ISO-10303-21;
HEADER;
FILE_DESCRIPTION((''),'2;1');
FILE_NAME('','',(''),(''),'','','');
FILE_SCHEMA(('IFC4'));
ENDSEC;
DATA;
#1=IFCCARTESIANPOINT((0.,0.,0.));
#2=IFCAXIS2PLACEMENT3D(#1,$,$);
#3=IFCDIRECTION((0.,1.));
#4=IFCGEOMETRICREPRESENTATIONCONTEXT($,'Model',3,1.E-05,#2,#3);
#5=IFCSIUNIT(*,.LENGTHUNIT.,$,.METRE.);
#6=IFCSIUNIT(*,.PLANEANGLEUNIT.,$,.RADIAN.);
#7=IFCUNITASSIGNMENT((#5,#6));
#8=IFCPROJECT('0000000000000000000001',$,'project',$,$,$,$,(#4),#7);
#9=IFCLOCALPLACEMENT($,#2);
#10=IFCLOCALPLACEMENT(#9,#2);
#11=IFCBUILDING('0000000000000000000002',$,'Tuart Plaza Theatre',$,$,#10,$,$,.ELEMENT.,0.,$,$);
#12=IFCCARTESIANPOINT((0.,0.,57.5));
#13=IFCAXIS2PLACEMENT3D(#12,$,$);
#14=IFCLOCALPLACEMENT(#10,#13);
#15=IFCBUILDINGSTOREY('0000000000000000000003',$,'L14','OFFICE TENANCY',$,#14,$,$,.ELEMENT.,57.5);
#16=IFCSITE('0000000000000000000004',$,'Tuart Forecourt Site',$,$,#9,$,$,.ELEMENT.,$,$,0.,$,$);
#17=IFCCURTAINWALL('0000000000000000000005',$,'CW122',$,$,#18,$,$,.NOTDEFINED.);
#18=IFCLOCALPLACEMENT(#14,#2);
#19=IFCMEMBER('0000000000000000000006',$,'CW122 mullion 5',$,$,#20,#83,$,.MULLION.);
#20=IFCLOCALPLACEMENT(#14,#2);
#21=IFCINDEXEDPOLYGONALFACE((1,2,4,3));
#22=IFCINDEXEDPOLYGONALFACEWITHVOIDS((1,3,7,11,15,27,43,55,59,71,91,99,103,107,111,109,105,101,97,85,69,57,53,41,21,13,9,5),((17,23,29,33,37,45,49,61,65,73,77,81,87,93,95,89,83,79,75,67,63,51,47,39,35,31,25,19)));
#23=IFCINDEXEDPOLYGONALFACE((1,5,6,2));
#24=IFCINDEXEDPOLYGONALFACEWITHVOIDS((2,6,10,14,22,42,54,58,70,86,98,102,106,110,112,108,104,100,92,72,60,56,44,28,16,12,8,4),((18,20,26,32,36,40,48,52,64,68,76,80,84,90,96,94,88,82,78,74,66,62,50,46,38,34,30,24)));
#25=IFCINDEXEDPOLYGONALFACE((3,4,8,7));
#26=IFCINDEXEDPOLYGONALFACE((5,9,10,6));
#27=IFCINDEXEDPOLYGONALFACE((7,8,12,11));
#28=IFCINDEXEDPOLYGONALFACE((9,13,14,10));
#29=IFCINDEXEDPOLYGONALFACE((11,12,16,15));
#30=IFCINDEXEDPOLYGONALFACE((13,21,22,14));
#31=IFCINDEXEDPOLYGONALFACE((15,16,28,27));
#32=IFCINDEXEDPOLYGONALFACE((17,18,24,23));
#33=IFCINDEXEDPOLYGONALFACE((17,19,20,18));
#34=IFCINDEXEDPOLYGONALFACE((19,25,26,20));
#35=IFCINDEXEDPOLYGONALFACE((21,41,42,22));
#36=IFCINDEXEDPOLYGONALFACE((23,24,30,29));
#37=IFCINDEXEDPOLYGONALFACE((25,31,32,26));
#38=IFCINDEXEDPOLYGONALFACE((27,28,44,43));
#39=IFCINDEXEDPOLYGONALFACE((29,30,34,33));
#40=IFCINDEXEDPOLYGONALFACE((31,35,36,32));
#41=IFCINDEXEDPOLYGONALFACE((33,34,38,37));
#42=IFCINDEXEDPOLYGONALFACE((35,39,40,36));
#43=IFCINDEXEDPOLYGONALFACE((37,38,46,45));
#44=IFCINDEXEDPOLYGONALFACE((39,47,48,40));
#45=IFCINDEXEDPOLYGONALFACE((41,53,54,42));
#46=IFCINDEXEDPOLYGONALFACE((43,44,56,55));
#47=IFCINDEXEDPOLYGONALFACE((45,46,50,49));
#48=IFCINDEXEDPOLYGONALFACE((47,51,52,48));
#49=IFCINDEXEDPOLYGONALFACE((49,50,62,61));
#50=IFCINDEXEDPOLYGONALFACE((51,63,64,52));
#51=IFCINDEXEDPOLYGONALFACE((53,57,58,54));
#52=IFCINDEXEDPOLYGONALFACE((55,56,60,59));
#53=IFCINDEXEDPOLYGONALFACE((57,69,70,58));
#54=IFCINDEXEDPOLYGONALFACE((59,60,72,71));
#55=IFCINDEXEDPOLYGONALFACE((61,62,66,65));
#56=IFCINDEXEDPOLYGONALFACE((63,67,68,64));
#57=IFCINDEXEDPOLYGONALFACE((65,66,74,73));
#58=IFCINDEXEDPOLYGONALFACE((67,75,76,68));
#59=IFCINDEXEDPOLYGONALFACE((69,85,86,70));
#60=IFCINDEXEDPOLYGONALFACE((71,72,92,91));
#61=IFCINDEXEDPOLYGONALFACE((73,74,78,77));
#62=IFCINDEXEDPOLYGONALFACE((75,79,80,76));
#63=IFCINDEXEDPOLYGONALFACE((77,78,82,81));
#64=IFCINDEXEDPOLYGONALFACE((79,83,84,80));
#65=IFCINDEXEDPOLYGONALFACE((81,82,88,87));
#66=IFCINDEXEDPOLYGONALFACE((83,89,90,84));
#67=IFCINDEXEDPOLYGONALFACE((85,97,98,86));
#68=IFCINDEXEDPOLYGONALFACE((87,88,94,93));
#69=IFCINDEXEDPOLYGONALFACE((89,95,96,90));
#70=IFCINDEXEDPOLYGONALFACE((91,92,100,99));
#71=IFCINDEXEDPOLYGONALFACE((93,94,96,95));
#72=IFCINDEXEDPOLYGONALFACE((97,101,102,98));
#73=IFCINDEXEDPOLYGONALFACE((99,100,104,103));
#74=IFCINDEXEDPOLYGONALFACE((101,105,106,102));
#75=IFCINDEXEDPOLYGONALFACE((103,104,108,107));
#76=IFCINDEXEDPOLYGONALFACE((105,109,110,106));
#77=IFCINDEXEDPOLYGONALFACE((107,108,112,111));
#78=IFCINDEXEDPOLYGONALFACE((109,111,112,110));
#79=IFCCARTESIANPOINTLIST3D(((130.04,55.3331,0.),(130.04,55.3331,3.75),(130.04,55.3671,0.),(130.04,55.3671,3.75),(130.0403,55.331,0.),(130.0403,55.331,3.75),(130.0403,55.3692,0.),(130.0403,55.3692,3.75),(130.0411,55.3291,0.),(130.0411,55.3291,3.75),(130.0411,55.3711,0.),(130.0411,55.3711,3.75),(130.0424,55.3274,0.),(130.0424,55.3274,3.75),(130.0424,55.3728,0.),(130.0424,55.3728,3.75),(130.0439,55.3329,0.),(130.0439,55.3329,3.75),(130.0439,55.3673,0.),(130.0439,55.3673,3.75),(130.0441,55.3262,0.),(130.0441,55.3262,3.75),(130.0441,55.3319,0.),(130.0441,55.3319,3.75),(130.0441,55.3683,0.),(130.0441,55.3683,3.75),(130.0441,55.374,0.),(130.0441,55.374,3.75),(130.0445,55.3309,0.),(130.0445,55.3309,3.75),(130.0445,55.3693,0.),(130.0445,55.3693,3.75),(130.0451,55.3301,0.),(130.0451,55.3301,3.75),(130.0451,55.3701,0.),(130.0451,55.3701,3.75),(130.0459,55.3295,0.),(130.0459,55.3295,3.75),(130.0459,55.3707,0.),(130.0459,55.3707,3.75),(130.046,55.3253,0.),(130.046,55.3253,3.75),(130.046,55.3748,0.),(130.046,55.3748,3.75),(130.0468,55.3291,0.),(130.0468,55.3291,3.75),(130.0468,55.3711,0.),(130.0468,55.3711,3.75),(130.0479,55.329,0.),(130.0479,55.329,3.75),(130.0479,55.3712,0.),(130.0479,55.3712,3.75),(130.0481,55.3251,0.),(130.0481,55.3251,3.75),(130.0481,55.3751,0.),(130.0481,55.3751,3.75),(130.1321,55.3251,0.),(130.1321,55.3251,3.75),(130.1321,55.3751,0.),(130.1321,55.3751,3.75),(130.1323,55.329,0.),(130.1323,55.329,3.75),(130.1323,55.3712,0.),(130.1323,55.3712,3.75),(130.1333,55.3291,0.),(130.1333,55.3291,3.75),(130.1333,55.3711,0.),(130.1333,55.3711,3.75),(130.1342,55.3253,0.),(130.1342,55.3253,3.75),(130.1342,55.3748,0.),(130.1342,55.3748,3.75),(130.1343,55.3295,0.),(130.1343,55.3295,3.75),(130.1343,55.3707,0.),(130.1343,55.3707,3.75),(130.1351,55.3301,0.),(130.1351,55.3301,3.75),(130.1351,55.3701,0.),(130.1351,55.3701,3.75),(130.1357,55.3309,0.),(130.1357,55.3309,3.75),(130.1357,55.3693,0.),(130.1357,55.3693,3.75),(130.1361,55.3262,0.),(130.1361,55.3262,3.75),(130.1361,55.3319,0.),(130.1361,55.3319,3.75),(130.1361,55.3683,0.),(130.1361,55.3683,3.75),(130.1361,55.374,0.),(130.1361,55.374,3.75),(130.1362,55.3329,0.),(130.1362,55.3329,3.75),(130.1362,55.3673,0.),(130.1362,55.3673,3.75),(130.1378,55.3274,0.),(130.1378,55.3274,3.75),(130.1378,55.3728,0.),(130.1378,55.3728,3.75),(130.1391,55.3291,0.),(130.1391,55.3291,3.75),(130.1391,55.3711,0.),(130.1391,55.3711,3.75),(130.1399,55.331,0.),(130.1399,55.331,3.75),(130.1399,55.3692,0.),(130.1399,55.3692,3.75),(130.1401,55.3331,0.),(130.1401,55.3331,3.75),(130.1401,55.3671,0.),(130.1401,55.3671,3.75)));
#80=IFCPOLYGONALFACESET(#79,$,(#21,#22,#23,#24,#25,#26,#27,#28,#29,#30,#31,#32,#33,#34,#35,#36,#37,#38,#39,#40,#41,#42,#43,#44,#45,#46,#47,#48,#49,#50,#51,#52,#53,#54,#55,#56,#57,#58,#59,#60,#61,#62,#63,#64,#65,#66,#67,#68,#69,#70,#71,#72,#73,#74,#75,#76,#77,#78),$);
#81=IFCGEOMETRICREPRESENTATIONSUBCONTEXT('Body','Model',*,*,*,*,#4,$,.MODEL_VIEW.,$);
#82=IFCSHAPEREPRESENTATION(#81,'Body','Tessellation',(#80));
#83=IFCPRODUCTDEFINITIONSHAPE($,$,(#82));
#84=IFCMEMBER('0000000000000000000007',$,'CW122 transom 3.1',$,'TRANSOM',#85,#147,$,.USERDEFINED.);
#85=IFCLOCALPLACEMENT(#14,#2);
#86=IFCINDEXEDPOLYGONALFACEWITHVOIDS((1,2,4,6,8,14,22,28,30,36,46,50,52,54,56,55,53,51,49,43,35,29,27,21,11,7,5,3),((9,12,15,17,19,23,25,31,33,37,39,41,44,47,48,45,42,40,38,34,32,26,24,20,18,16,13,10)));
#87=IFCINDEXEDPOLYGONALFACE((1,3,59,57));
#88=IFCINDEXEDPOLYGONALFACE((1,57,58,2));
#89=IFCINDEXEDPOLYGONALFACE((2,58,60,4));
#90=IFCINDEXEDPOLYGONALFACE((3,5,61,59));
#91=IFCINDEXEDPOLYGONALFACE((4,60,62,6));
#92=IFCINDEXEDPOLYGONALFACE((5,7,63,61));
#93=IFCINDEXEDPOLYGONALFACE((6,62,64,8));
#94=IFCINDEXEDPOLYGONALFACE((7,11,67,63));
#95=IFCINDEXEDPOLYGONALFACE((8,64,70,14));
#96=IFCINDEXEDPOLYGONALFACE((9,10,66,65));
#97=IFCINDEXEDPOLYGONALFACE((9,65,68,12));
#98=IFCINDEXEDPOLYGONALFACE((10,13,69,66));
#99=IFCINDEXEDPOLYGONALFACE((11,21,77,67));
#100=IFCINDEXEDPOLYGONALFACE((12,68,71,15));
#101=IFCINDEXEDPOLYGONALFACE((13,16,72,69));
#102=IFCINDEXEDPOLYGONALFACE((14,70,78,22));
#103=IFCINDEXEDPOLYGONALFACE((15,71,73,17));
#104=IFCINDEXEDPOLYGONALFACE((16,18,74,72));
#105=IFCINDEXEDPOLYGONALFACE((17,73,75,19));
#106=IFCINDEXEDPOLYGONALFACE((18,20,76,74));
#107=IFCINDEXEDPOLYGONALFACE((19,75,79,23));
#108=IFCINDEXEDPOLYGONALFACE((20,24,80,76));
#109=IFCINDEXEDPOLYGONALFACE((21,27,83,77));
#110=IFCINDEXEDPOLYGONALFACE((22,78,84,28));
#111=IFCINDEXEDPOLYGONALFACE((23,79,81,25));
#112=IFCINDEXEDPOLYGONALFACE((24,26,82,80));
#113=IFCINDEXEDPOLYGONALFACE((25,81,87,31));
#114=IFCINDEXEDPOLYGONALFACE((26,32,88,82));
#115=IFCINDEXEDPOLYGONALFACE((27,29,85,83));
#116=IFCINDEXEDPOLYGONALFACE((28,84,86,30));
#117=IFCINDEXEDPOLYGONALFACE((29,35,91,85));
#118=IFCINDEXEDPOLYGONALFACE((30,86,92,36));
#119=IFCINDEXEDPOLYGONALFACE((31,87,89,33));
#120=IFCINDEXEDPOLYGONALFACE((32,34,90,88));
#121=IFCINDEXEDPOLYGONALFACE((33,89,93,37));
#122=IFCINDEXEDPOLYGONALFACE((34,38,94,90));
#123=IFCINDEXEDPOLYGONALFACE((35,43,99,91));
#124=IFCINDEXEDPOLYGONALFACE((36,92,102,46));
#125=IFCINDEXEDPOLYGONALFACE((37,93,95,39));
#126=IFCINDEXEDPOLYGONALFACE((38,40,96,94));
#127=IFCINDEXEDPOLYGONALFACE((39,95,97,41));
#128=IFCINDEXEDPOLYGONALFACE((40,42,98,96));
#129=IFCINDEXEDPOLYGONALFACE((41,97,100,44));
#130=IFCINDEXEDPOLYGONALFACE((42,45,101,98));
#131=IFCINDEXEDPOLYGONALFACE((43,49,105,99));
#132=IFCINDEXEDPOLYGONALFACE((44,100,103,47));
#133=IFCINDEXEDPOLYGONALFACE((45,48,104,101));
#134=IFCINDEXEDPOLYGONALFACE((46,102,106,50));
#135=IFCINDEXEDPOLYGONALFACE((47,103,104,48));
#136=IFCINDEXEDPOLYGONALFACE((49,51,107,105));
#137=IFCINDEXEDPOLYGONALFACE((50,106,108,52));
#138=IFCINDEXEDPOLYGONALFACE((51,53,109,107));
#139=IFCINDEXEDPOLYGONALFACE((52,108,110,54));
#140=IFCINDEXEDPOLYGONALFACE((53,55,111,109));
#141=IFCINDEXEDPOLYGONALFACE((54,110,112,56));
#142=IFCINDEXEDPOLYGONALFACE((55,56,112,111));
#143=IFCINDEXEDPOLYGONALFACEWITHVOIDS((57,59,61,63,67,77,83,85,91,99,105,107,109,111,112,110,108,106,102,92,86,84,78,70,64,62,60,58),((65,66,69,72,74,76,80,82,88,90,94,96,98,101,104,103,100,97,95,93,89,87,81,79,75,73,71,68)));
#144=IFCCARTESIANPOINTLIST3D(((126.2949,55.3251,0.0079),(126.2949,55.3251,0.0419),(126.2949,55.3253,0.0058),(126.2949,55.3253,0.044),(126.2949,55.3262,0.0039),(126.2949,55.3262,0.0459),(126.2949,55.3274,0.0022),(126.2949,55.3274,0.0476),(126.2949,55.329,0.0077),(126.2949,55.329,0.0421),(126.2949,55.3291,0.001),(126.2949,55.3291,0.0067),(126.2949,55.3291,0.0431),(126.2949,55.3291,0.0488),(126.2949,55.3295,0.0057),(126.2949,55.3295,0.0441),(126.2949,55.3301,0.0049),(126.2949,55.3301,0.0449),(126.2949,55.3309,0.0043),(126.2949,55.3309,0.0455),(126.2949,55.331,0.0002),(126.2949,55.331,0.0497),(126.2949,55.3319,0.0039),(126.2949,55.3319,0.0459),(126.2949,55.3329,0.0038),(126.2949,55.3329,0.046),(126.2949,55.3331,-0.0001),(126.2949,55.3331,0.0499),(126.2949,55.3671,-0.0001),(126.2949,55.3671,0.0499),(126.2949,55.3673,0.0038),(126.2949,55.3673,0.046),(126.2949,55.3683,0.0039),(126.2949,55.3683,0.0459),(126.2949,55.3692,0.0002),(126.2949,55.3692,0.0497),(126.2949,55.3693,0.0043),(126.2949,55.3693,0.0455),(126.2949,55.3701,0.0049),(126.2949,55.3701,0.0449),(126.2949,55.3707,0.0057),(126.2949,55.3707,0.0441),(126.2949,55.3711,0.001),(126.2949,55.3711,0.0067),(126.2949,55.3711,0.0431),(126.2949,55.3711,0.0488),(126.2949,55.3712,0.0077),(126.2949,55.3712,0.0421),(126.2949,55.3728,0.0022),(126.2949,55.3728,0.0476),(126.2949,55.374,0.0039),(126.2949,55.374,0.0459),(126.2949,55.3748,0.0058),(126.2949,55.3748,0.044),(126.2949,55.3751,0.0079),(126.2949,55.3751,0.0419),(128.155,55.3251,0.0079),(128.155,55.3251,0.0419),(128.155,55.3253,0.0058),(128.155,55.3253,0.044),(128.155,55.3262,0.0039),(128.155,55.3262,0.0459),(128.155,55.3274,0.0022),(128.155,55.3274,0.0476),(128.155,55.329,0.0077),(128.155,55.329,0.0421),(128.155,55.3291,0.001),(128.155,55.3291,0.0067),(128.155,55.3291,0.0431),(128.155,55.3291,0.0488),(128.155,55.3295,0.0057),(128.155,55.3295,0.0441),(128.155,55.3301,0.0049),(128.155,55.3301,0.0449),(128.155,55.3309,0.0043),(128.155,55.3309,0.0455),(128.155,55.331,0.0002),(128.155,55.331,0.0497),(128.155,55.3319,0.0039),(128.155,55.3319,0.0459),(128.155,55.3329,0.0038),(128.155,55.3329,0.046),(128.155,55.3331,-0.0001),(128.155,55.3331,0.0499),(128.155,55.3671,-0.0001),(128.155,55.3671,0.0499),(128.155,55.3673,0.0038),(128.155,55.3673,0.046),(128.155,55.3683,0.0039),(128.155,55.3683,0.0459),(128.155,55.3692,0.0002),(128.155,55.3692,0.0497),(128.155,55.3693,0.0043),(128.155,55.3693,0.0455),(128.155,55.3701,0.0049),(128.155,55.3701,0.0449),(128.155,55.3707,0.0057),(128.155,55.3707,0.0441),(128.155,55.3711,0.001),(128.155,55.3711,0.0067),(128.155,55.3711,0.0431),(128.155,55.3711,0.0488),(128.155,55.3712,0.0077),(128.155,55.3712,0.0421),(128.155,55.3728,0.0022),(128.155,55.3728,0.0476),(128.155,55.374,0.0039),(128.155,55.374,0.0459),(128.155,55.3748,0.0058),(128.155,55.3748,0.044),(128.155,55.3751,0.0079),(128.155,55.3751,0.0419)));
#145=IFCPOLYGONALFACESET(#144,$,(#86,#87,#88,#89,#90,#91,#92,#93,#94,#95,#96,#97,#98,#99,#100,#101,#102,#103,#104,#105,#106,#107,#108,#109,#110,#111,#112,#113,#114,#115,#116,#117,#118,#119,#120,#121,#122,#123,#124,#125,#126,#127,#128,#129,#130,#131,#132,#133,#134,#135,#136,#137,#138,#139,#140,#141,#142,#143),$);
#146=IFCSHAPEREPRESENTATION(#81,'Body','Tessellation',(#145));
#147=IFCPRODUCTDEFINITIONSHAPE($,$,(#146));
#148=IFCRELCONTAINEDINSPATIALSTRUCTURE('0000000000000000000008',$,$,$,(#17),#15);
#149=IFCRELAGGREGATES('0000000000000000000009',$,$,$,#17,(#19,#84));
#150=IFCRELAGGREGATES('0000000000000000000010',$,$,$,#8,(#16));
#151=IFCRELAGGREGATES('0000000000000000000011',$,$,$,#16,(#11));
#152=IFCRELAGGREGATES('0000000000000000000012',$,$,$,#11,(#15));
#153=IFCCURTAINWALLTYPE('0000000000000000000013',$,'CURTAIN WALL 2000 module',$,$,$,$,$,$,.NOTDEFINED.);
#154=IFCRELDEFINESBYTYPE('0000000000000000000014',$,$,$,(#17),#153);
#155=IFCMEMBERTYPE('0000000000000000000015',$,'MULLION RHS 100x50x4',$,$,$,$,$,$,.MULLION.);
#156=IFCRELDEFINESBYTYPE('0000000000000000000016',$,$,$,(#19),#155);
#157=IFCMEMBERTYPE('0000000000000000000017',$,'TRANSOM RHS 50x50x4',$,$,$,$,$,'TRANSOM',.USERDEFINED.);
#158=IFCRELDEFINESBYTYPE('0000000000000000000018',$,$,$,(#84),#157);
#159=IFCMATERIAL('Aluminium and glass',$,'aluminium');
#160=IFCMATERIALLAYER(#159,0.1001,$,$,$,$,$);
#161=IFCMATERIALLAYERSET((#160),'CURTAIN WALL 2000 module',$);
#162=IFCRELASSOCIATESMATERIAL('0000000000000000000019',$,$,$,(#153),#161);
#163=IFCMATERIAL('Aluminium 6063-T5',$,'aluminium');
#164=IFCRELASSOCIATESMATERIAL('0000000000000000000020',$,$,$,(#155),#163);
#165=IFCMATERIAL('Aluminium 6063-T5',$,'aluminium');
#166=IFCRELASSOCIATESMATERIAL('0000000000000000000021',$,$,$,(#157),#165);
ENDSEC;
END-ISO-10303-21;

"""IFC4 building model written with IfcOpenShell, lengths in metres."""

from ifc_helpers import new_model, si_unit, direction, frame, origin, origin_2d, place, context, subcontext, project, spatial, hollow_rectangle, extrude, material, layer, layer_set, material_profile, profile_set, type_object, element, aggregate, save


model = new_model("IFC4")

# Units and contexts
model_context = context("Model", 3, precision=1e-05, world=origin(), true_north=direction((0.0, 1.0)))
body_context = subcontext(model_context, "Body", "Model", "MODEL_VIEW")
ifc_project = project(units=[si_unit("LENGTHUNIT", "METRE"), si_unit("PLANEANGLEUNIT", "RADIAN")], contexts=[model_context])

# Site, building, storey
site_placement = place(None, origin())
site = spatial("IfcSite", under=ifc_project, at=site_placement, Name="Tuart Forecourt Site", CompositionType="ELEMENT", RefElevation=0.0)
building_placement = place(site_placement, origin())
building = spatial("IfcBuilding", under=site, at=building_placement, Name="Tuart Plaza Theatre", CompositionType="ELEMENT", ElevationOfRefHeight=0.0)
storey_placement = place(building_placement, frame((0.0, 0.0, 57.5)))
storey = spatial("IfcBuildingStorey", under=building, at=storey_placement, Name="L14", Description="OFFICE TENANCY", CompositionType="ELEMENT", Elevation=57.5)

# Curtain wall, members
ifc_material_1 = material(Name="Aluminium and glass", Category="aluminium")
ifc_layer_1 = layer(ifc_material_1, 0.1001)
ifc_layer_set_1 = layer_set([ifc_layer_1], Name="CURTAIN WALL 2000 module")
curtain_wall_type = type_object("IfcCurtainWallType", Name="CURTAIN WALL 2000 module", PredefinedType="NOTDEFINED", material=ifc_layer_set_1)
curtain_wall_placement = place(storey_placement, origin())
curtain_wall = element("IfcCurtainWall", 1, at=curtain_wall_placement, inside=storey, type_object=curtain_wall_type, Name="CW122", PredefinedType="NOTDEFINED")
ifc_material_2 = material(Name="Aluminium 6063-T5", Category="aluminium")
ifc_material_profile_1 = material_profile(ifc_material_2, hollow_rectangle(XDim=0.05, YDim=0.1001, WallThickness=0.0039, InnerFilletRadius=0.0039, OuterFilletRadius=0.0081, at=origin_2d()), Name="RHS 100x50x4")
ifc_profile_set_1 = profile_set([ifc_material_profile_1], Name="Aluminium 6063-T5")
member_type_1 = type_object("IfcMemberType", Name="MULLION RHS 100x50x4", PredefinedType="MULLION", material=ifc_profile_set_1)
member_1_placement = place(storey_placement, frame((130.0901, 55.3501, 0.0), z_axis=(0.0, 0.0, 1.0), x_axis=(0.0, 1.0, 0.0)))
member_1 = element("IfcMember", 2, at=member_1_placement, type_object=member_type_1, Name="CW122 mullion 5", PredefinedType="MULLION", context=body_context, shape_type="SweptSolid", body=[
    extrude(hollow_rectangle(XDim=0.05, YDim=0.1001, WallThickness=0.0039, InnerFilletRadius=0.0039, OuterFilletRadius=0.0081, at=origin_2d()), origin(), (0.0, 0.0, 1.0), 3.75),
])
ifc_material_3 = material(Name="Aluminium 6063-T5", Category="aluminium")
ifc_material_profile_2 = material_profile(ifc_material_3, hollow_rectangle(XDim=0.05, YDim=0.05, WallThickness=0.0039, InnerFilletRadius=0.0039, OuterFilletRadius=0.0081, at=origin_2d()), Name="RHS 50x50x4")
ifc_profile_set_2 = profile_set([ifc_material_profile_2], Name="Aluminium 6063-T5")
member_type_2 = type_object("IfcMemberType", Name="TRANSOM RHS 50x50x4", ElementType="TRANSOM", PredefinedType="USERDEFINED", material=ifc_profile_set_2)
member_2_placement = place(storey_placement, frame((126.2949, 55.3501, 0.0249), z_axis=(1.0, 0.0, 0.0), x_axis=(0.0, 1.0, 0.0)))
member_2 = element("IfcMember", 3, at=member_2_placement, type_object=member_type_2, Name="CW122 transom 3.1", ObjectType="TRANSOM", PredefinedType="USERDEFINED", context=body_context, shape_type="SweptSolid", body=[
    extrude(hollow_rectangle(XDim=0.05, YDim=0.05, WallThickness=0.0039, InnerFilletRadius=0.0039, OuterFilletRadius=0.0081, at=origin_2d()), origin(), (0.0, 0.0, 1.0), 1.8601),
])
aggregate(curtain_wall, [member_1, member_2])

save(model, "model.ifc")
